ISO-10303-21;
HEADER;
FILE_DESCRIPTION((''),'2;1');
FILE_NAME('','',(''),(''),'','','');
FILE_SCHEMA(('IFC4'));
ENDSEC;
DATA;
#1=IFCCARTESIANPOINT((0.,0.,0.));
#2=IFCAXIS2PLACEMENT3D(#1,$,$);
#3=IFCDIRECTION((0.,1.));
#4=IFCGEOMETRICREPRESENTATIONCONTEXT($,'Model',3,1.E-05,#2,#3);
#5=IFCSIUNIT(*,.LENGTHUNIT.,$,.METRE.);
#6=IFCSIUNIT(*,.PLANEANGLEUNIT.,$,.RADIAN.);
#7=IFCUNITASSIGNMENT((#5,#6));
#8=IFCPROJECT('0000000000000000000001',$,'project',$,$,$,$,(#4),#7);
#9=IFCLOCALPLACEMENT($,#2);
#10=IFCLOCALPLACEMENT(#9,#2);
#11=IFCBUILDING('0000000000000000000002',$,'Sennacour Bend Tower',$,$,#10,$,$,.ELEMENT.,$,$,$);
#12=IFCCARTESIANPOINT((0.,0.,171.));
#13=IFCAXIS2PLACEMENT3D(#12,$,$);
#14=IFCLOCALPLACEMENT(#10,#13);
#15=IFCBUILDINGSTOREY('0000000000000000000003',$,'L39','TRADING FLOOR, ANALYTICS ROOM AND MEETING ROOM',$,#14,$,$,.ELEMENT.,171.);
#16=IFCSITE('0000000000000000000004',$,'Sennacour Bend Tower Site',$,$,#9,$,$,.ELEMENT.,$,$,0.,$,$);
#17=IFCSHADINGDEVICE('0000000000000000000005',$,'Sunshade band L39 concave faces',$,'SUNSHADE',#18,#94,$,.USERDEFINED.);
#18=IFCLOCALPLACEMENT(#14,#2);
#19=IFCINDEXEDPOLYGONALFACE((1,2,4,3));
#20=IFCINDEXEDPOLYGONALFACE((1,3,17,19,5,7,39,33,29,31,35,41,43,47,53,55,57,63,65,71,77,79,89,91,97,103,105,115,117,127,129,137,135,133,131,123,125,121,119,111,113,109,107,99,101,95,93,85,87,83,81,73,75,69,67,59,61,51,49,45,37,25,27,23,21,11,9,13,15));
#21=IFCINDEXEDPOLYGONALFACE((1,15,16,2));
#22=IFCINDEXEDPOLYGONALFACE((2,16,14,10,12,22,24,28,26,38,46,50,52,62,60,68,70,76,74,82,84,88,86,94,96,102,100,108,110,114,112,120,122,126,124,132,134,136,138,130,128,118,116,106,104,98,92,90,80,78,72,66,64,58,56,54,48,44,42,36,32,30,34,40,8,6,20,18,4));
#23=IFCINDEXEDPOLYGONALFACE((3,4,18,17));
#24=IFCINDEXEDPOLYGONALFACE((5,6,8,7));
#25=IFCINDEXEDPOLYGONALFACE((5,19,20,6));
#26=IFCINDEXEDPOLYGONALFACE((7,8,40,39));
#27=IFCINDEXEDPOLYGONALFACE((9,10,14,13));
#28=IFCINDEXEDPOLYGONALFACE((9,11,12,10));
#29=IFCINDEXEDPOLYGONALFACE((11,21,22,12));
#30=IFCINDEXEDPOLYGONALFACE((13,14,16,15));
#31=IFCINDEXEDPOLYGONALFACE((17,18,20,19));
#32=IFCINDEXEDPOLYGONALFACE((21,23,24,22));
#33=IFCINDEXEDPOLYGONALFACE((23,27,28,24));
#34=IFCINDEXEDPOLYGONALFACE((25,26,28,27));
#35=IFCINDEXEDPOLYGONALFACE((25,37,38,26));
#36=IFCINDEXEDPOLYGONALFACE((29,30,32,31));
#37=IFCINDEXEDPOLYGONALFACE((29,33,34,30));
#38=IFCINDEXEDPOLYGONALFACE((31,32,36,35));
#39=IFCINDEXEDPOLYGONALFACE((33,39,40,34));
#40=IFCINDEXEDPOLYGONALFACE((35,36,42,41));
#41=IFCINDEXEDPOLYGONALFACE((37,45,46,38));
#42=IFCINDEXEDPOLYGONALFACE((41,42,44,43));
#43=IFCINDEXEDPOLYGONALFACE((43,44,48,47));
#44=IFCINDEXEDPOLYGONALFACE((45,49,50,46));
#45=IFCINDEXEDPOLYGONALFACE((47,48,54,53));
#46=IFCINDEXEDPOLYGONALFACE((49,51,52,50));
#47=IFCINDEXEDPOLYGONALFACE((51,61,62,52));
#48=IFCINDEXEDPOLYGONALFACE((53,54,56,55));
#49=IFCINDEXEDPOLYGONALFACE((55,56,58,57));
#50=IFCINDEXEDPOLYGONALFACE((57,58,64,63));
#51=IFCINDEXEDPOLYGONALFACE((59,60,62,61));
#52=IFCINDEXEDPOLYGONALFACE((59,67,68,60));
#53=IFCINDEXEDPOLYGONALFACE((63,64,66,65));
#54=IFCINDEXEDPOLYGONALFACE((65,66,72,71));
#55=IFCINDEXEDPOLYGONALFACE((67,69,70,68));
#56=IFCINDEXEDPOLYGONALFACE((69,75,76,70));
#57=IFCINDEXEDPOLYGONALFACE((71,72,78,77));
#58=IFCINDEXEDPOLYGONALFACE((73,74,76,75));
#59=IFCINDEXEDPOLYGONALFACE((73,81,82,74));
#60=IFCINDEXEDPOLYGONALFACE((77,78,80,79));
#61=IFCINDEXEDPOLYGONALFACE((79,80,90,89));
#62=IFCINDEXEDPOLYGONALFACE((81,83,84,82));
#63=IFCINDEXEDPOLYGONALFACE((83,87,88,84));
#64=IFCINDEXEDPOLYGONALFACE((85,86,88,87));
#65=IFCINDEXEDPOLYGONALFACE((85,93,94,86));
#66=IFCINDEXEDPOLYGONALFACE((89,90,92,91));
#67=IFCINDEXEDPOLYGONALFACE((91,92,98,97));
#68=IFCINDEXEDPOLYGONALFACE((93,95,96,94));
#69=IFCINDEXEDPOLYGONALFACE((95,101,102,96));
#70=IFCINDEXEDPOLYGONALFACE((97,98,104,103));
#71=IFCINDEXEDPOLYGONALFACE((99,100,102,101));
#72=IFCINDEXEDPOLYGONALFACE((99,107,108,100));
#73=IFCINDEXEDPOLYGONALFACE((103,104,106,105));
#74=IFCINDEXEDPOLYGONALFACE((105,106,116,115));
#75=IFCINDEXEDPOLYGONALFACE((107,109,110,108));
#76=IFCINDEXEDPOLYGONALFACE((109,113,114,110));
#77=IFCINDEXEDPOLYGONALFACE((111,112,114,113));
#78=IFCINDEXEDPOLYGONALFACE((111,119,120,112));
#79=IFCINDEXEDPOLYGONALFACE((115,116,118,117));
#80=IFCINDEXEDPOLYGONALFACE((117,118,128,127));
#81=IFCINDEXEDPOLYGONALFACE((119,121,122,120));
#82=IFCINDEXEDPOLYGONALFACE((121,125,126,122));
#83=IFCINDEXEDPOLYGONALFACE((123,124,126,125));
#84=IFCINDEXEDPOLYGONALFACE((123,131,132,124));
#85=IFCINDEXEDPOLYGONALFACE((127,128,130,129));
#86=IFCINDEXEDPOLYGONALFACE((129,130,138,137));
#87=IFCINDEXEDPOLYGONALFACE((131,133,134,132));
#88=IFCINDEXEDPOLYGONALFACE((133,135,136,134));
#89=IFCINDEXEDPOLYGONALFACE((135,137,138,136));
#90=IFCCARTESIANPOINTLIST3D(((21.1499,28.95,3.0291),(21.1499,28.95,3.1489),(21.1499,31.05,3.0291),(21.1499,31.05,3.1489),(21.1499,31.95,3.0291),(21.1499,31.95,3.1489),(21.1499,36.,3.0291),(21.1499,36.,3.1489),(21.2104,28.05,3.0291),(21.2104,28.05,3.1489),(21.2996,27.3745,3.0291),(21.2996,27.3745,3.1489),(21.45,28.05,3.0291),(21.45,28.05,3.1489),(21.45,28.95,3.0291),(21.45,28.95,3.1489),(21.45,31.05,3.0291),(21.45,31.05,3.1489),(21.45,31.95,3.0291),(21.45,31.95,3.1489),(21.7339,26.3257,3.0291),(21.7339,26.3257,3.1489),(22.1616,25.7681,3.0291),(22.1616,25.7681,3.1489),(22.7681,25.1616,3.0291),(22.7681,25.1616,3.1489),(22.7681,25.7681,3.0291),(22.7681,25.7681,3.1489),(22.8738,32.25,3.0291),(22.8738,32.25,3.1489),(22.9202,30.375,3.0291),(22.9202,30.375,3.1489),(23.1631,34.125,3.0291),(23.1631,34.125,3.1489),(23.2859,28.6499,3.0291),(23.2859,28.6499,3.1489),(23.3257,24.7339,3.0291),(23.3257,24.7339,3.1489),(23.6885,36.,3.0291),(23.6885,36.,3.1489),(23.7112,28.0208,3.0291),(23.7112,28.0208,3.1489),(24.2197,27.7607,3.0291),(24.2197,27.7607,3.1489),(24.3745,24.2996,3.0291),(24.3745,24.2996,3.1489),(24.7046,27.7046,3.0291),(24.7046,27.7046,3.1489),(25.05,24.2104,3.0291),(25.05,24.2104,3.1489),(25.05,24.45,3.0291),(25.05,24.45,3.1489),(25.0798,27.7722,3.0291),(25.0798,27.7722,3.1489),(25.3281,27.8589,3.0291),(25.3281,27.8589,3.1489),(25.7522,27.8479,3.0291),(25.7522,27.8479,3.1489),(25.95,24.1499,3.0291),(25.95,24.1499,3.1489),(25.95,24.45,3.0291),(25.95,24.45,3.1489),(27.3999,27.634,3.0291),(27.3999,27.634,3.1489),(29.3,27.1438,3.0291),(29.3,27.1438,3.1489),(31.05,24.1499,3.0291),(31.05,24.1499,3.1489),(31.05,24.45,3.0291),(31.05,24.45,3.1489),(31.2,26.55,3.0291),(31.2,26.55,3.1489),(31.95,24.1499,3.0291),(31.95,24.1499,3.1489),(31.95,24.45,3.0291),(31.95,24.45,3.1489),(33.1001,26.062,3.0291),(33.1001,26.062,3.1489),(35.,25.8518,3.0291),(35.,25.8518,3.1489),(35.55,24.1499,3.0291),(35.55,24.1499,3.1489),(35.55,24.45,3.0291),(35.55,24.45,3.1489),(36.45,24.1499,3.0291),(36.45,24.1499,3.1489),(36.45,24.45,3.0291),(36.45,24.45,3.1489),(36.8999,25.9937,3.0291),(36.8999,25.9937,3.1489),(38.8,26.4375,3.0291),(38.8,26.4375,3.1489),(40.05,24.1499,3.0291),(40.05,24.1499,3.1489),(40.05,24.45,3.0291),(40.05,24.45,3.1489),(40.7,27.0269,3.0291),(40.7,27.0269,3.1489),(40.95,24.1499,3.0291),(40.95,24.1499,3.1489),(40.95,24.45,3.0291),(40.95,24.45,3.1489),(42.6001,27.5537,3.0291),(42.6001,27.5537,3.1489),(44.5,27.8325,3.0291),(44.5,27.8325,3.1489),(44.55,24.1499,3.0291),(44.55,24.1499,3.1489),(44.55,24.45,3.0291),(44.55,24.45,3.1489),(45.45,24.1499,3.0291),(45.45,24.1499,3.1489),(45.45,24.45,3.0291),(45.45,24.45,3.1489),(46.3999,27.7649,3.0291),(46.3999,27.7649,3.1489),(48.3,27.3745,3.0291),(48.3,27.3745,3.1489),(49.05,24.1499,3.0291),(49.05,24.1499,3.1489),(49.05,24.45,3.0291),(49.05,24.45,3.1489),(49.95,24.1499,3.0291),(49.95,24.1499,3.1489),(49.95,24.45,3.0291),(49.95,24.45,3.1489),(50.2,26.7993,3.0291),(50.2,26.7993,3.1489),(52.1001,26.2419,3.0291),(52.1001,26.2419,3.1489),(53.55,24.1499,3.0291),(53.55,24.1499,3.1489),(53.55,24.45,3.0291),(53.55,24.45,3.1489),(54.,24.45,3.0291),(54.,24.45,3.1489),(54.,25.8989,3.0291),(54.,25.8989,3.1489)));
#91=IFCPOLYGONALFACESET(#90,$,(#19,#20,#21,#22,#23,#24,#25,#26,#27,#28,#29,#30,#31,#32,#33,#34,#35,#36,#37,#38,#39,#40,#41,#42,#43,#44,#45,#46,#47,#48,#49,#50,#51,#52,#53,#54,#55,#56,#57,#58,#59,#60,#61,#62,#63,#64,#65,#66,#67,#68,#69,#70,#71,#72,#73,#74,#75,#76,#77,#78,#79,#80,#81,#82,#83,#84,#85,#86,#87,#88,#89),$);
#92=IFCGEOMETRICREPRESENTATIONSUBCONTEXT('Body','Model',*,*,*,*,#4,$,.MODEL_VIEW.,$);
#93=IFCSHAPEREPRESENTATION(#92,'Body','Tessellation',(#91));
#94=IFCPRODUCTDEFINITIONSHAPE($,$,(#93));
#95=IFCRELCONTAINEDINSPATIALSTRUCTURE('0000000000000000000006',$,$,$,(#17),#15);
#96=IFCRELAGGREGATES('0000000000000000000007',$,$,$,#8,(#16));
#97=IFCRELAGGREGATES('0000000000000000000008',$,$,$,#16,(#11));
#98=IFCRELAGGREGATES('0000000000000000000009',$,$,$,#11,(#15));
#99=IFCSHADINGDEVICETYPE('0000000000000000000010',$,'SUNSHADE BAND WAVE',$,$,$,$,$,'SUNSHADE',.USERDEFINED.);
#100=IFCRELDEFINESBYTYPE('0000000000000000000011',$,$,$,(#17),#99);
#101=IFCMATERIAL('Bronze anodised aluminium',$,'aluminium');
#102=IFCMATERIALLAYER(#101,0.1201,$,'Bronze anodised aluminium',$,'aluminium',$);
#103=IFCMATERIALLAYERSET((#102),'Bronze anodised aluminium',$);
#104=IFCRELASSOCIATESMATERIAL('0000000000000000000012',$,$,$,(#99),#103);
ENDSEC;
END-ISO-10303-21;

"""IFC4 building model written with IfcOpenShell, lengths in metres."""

from ifc_helpers import new_model, si_unit, direction, frame, origin, place, context, subcontext, project, spatial, polyline, outline, extrude, material, layer, layer_set, type_object, element, save


model = new_model("IFC4")

# Units and contexts
model_context = context("Model", 3, precision=1e-05, world=origin(), true_north=direction((0.0, 1.0)))
body_context = subcontext(model_context, "Body", "Model", "MODEL_VIEW")
ifc_project = project(units=[si_unit("LENGTHUNIT", "METRE"), si_unit("PLANEANGLEUNIT", "RADIAN")], contexts=[model_context])

# Site, building, storey
site_placement = place(None, origin())
site = spatial("IfcSite", under=ifc_project, at=site_placement, Name="Sennacour Bend Tower Site", CompositionType="ELEMENT", RefElevation=0.0)
building_placement = place(site_placement, origin())
building = spatial("IfcBuilding", under=site, at=building_placement, Name="Sennacour Bend Tower", CompositionType="ELEMENT")
storey_placement = place(building_placement, frame((0.0, 0.0, 171.0)))
storey = spatial("IfcBuildingStorey", under=building, at=storey_placement, Name="L39", Description="TRADING FLOOR, ANALYTICS ROOM AND MEETING ROOM", CompositionType="ELEMENT", Elevation=171.0)

# Shading device
ifc_material_1 = material(Name="Bronze anodised aluminium", Category="aluminium")
ifc_layer_1 = layer(ifc_material_1, 0.1201, Name="Bronze anodised aluminium", Category="aluminium")
ifc_layer_set_1 = layer_set([ifc_layer_1], Name="Bronze anodised aluminium")
shading_device_type_1 = type_object("IfcShadingDeviceType", Name="SUNSHADE BAND WAVE", ElementType="SUNSHADE", PredefinedType="USERDEFINED", material=ifc_layer_set_1)
shading_device_1_placement = place(storey_placement, frame((0.0, 0.0, 3.0291)))
element("IfcShadingDevice", 1, at=shading_device_1_placement, inside=storey, type_object=shading_device_type_1, Name="Sunshade band L39 concave faces", ObjectType="SUNSHADE", PredefinedType="USERDEFINED", context=body_context, shape_type="SweptSolid", body=[
    extrude(outline(polyline([(53.55, 24.1499), (49.95, 24.1499), (49.95, 24.45), (49.05, 24.45), (49.05, 24.1499), (45.45, 24.1499), (45.45, 24.45), (44.55, 24.45), (44.55, 24.1499), (40.95, 24.1499), (40.95, 24.45), (40.05, 24.45), (40.05, 24.1499), (36.45, 24.1499), (36.45, 24.45), (35.55, 24.45), (35.55, 24.1499), (31.95, 24.1499), (31.95, 24.45), (31.05, 24.45), (31.05, 24.1499), (25.95, 24.1499), (25.95, 24.45), (25.05, 24.45), (25.05, 24.2104), (24.3745, 24.2996), (23.3257, 24.7339), (22.7681, 25.1616), (22.7681, 25.7681), (22.1616, 25.7681), (21.7339, 26.3257), (21.2996, 27.3745), (21.2104, 28.05), (21.45, 28.05), (21.45, 28.95), (21.1499, 28.95), (21.1499, 31.05), (21.45, 31.05), (21.45, 31.95), (21.1499, 31.95), (21.1499, 36.0), (23.6885, 36.0), (23.1631, 34.125), (22.8738, 32.25), (22.9202, 30.375), (23.2859, 28.6499), (23.7112, 28.0208), (24.2197, 27.7607), (24.7046, 27.7046), (25.0798, 27.7722), (25.3281, 27.8589), (25.7522, 27.8479), (27.3999, 27.634), (29.3, 27.1438), (31.2, 26.55), (33.1001, 26.062), (35.0, 25.8518), (36.8999, 25.9937), (38.8, 26.4375), (40.7, 27.0269), (42.6001, 27.5537), (44.5, 27.8325), (46.3999, 27.7649), (48.3, 27.3745), (50.2, 26.7993), (52.1001, 26.2419), (54.0, 25.8989), (54.0, 24.45), (53.55, 24.45), (53.55, 24.1499)])), origin(), (0.0, 0.0, 1.0), 0.1199),
])

save(model, "model.ifc")
